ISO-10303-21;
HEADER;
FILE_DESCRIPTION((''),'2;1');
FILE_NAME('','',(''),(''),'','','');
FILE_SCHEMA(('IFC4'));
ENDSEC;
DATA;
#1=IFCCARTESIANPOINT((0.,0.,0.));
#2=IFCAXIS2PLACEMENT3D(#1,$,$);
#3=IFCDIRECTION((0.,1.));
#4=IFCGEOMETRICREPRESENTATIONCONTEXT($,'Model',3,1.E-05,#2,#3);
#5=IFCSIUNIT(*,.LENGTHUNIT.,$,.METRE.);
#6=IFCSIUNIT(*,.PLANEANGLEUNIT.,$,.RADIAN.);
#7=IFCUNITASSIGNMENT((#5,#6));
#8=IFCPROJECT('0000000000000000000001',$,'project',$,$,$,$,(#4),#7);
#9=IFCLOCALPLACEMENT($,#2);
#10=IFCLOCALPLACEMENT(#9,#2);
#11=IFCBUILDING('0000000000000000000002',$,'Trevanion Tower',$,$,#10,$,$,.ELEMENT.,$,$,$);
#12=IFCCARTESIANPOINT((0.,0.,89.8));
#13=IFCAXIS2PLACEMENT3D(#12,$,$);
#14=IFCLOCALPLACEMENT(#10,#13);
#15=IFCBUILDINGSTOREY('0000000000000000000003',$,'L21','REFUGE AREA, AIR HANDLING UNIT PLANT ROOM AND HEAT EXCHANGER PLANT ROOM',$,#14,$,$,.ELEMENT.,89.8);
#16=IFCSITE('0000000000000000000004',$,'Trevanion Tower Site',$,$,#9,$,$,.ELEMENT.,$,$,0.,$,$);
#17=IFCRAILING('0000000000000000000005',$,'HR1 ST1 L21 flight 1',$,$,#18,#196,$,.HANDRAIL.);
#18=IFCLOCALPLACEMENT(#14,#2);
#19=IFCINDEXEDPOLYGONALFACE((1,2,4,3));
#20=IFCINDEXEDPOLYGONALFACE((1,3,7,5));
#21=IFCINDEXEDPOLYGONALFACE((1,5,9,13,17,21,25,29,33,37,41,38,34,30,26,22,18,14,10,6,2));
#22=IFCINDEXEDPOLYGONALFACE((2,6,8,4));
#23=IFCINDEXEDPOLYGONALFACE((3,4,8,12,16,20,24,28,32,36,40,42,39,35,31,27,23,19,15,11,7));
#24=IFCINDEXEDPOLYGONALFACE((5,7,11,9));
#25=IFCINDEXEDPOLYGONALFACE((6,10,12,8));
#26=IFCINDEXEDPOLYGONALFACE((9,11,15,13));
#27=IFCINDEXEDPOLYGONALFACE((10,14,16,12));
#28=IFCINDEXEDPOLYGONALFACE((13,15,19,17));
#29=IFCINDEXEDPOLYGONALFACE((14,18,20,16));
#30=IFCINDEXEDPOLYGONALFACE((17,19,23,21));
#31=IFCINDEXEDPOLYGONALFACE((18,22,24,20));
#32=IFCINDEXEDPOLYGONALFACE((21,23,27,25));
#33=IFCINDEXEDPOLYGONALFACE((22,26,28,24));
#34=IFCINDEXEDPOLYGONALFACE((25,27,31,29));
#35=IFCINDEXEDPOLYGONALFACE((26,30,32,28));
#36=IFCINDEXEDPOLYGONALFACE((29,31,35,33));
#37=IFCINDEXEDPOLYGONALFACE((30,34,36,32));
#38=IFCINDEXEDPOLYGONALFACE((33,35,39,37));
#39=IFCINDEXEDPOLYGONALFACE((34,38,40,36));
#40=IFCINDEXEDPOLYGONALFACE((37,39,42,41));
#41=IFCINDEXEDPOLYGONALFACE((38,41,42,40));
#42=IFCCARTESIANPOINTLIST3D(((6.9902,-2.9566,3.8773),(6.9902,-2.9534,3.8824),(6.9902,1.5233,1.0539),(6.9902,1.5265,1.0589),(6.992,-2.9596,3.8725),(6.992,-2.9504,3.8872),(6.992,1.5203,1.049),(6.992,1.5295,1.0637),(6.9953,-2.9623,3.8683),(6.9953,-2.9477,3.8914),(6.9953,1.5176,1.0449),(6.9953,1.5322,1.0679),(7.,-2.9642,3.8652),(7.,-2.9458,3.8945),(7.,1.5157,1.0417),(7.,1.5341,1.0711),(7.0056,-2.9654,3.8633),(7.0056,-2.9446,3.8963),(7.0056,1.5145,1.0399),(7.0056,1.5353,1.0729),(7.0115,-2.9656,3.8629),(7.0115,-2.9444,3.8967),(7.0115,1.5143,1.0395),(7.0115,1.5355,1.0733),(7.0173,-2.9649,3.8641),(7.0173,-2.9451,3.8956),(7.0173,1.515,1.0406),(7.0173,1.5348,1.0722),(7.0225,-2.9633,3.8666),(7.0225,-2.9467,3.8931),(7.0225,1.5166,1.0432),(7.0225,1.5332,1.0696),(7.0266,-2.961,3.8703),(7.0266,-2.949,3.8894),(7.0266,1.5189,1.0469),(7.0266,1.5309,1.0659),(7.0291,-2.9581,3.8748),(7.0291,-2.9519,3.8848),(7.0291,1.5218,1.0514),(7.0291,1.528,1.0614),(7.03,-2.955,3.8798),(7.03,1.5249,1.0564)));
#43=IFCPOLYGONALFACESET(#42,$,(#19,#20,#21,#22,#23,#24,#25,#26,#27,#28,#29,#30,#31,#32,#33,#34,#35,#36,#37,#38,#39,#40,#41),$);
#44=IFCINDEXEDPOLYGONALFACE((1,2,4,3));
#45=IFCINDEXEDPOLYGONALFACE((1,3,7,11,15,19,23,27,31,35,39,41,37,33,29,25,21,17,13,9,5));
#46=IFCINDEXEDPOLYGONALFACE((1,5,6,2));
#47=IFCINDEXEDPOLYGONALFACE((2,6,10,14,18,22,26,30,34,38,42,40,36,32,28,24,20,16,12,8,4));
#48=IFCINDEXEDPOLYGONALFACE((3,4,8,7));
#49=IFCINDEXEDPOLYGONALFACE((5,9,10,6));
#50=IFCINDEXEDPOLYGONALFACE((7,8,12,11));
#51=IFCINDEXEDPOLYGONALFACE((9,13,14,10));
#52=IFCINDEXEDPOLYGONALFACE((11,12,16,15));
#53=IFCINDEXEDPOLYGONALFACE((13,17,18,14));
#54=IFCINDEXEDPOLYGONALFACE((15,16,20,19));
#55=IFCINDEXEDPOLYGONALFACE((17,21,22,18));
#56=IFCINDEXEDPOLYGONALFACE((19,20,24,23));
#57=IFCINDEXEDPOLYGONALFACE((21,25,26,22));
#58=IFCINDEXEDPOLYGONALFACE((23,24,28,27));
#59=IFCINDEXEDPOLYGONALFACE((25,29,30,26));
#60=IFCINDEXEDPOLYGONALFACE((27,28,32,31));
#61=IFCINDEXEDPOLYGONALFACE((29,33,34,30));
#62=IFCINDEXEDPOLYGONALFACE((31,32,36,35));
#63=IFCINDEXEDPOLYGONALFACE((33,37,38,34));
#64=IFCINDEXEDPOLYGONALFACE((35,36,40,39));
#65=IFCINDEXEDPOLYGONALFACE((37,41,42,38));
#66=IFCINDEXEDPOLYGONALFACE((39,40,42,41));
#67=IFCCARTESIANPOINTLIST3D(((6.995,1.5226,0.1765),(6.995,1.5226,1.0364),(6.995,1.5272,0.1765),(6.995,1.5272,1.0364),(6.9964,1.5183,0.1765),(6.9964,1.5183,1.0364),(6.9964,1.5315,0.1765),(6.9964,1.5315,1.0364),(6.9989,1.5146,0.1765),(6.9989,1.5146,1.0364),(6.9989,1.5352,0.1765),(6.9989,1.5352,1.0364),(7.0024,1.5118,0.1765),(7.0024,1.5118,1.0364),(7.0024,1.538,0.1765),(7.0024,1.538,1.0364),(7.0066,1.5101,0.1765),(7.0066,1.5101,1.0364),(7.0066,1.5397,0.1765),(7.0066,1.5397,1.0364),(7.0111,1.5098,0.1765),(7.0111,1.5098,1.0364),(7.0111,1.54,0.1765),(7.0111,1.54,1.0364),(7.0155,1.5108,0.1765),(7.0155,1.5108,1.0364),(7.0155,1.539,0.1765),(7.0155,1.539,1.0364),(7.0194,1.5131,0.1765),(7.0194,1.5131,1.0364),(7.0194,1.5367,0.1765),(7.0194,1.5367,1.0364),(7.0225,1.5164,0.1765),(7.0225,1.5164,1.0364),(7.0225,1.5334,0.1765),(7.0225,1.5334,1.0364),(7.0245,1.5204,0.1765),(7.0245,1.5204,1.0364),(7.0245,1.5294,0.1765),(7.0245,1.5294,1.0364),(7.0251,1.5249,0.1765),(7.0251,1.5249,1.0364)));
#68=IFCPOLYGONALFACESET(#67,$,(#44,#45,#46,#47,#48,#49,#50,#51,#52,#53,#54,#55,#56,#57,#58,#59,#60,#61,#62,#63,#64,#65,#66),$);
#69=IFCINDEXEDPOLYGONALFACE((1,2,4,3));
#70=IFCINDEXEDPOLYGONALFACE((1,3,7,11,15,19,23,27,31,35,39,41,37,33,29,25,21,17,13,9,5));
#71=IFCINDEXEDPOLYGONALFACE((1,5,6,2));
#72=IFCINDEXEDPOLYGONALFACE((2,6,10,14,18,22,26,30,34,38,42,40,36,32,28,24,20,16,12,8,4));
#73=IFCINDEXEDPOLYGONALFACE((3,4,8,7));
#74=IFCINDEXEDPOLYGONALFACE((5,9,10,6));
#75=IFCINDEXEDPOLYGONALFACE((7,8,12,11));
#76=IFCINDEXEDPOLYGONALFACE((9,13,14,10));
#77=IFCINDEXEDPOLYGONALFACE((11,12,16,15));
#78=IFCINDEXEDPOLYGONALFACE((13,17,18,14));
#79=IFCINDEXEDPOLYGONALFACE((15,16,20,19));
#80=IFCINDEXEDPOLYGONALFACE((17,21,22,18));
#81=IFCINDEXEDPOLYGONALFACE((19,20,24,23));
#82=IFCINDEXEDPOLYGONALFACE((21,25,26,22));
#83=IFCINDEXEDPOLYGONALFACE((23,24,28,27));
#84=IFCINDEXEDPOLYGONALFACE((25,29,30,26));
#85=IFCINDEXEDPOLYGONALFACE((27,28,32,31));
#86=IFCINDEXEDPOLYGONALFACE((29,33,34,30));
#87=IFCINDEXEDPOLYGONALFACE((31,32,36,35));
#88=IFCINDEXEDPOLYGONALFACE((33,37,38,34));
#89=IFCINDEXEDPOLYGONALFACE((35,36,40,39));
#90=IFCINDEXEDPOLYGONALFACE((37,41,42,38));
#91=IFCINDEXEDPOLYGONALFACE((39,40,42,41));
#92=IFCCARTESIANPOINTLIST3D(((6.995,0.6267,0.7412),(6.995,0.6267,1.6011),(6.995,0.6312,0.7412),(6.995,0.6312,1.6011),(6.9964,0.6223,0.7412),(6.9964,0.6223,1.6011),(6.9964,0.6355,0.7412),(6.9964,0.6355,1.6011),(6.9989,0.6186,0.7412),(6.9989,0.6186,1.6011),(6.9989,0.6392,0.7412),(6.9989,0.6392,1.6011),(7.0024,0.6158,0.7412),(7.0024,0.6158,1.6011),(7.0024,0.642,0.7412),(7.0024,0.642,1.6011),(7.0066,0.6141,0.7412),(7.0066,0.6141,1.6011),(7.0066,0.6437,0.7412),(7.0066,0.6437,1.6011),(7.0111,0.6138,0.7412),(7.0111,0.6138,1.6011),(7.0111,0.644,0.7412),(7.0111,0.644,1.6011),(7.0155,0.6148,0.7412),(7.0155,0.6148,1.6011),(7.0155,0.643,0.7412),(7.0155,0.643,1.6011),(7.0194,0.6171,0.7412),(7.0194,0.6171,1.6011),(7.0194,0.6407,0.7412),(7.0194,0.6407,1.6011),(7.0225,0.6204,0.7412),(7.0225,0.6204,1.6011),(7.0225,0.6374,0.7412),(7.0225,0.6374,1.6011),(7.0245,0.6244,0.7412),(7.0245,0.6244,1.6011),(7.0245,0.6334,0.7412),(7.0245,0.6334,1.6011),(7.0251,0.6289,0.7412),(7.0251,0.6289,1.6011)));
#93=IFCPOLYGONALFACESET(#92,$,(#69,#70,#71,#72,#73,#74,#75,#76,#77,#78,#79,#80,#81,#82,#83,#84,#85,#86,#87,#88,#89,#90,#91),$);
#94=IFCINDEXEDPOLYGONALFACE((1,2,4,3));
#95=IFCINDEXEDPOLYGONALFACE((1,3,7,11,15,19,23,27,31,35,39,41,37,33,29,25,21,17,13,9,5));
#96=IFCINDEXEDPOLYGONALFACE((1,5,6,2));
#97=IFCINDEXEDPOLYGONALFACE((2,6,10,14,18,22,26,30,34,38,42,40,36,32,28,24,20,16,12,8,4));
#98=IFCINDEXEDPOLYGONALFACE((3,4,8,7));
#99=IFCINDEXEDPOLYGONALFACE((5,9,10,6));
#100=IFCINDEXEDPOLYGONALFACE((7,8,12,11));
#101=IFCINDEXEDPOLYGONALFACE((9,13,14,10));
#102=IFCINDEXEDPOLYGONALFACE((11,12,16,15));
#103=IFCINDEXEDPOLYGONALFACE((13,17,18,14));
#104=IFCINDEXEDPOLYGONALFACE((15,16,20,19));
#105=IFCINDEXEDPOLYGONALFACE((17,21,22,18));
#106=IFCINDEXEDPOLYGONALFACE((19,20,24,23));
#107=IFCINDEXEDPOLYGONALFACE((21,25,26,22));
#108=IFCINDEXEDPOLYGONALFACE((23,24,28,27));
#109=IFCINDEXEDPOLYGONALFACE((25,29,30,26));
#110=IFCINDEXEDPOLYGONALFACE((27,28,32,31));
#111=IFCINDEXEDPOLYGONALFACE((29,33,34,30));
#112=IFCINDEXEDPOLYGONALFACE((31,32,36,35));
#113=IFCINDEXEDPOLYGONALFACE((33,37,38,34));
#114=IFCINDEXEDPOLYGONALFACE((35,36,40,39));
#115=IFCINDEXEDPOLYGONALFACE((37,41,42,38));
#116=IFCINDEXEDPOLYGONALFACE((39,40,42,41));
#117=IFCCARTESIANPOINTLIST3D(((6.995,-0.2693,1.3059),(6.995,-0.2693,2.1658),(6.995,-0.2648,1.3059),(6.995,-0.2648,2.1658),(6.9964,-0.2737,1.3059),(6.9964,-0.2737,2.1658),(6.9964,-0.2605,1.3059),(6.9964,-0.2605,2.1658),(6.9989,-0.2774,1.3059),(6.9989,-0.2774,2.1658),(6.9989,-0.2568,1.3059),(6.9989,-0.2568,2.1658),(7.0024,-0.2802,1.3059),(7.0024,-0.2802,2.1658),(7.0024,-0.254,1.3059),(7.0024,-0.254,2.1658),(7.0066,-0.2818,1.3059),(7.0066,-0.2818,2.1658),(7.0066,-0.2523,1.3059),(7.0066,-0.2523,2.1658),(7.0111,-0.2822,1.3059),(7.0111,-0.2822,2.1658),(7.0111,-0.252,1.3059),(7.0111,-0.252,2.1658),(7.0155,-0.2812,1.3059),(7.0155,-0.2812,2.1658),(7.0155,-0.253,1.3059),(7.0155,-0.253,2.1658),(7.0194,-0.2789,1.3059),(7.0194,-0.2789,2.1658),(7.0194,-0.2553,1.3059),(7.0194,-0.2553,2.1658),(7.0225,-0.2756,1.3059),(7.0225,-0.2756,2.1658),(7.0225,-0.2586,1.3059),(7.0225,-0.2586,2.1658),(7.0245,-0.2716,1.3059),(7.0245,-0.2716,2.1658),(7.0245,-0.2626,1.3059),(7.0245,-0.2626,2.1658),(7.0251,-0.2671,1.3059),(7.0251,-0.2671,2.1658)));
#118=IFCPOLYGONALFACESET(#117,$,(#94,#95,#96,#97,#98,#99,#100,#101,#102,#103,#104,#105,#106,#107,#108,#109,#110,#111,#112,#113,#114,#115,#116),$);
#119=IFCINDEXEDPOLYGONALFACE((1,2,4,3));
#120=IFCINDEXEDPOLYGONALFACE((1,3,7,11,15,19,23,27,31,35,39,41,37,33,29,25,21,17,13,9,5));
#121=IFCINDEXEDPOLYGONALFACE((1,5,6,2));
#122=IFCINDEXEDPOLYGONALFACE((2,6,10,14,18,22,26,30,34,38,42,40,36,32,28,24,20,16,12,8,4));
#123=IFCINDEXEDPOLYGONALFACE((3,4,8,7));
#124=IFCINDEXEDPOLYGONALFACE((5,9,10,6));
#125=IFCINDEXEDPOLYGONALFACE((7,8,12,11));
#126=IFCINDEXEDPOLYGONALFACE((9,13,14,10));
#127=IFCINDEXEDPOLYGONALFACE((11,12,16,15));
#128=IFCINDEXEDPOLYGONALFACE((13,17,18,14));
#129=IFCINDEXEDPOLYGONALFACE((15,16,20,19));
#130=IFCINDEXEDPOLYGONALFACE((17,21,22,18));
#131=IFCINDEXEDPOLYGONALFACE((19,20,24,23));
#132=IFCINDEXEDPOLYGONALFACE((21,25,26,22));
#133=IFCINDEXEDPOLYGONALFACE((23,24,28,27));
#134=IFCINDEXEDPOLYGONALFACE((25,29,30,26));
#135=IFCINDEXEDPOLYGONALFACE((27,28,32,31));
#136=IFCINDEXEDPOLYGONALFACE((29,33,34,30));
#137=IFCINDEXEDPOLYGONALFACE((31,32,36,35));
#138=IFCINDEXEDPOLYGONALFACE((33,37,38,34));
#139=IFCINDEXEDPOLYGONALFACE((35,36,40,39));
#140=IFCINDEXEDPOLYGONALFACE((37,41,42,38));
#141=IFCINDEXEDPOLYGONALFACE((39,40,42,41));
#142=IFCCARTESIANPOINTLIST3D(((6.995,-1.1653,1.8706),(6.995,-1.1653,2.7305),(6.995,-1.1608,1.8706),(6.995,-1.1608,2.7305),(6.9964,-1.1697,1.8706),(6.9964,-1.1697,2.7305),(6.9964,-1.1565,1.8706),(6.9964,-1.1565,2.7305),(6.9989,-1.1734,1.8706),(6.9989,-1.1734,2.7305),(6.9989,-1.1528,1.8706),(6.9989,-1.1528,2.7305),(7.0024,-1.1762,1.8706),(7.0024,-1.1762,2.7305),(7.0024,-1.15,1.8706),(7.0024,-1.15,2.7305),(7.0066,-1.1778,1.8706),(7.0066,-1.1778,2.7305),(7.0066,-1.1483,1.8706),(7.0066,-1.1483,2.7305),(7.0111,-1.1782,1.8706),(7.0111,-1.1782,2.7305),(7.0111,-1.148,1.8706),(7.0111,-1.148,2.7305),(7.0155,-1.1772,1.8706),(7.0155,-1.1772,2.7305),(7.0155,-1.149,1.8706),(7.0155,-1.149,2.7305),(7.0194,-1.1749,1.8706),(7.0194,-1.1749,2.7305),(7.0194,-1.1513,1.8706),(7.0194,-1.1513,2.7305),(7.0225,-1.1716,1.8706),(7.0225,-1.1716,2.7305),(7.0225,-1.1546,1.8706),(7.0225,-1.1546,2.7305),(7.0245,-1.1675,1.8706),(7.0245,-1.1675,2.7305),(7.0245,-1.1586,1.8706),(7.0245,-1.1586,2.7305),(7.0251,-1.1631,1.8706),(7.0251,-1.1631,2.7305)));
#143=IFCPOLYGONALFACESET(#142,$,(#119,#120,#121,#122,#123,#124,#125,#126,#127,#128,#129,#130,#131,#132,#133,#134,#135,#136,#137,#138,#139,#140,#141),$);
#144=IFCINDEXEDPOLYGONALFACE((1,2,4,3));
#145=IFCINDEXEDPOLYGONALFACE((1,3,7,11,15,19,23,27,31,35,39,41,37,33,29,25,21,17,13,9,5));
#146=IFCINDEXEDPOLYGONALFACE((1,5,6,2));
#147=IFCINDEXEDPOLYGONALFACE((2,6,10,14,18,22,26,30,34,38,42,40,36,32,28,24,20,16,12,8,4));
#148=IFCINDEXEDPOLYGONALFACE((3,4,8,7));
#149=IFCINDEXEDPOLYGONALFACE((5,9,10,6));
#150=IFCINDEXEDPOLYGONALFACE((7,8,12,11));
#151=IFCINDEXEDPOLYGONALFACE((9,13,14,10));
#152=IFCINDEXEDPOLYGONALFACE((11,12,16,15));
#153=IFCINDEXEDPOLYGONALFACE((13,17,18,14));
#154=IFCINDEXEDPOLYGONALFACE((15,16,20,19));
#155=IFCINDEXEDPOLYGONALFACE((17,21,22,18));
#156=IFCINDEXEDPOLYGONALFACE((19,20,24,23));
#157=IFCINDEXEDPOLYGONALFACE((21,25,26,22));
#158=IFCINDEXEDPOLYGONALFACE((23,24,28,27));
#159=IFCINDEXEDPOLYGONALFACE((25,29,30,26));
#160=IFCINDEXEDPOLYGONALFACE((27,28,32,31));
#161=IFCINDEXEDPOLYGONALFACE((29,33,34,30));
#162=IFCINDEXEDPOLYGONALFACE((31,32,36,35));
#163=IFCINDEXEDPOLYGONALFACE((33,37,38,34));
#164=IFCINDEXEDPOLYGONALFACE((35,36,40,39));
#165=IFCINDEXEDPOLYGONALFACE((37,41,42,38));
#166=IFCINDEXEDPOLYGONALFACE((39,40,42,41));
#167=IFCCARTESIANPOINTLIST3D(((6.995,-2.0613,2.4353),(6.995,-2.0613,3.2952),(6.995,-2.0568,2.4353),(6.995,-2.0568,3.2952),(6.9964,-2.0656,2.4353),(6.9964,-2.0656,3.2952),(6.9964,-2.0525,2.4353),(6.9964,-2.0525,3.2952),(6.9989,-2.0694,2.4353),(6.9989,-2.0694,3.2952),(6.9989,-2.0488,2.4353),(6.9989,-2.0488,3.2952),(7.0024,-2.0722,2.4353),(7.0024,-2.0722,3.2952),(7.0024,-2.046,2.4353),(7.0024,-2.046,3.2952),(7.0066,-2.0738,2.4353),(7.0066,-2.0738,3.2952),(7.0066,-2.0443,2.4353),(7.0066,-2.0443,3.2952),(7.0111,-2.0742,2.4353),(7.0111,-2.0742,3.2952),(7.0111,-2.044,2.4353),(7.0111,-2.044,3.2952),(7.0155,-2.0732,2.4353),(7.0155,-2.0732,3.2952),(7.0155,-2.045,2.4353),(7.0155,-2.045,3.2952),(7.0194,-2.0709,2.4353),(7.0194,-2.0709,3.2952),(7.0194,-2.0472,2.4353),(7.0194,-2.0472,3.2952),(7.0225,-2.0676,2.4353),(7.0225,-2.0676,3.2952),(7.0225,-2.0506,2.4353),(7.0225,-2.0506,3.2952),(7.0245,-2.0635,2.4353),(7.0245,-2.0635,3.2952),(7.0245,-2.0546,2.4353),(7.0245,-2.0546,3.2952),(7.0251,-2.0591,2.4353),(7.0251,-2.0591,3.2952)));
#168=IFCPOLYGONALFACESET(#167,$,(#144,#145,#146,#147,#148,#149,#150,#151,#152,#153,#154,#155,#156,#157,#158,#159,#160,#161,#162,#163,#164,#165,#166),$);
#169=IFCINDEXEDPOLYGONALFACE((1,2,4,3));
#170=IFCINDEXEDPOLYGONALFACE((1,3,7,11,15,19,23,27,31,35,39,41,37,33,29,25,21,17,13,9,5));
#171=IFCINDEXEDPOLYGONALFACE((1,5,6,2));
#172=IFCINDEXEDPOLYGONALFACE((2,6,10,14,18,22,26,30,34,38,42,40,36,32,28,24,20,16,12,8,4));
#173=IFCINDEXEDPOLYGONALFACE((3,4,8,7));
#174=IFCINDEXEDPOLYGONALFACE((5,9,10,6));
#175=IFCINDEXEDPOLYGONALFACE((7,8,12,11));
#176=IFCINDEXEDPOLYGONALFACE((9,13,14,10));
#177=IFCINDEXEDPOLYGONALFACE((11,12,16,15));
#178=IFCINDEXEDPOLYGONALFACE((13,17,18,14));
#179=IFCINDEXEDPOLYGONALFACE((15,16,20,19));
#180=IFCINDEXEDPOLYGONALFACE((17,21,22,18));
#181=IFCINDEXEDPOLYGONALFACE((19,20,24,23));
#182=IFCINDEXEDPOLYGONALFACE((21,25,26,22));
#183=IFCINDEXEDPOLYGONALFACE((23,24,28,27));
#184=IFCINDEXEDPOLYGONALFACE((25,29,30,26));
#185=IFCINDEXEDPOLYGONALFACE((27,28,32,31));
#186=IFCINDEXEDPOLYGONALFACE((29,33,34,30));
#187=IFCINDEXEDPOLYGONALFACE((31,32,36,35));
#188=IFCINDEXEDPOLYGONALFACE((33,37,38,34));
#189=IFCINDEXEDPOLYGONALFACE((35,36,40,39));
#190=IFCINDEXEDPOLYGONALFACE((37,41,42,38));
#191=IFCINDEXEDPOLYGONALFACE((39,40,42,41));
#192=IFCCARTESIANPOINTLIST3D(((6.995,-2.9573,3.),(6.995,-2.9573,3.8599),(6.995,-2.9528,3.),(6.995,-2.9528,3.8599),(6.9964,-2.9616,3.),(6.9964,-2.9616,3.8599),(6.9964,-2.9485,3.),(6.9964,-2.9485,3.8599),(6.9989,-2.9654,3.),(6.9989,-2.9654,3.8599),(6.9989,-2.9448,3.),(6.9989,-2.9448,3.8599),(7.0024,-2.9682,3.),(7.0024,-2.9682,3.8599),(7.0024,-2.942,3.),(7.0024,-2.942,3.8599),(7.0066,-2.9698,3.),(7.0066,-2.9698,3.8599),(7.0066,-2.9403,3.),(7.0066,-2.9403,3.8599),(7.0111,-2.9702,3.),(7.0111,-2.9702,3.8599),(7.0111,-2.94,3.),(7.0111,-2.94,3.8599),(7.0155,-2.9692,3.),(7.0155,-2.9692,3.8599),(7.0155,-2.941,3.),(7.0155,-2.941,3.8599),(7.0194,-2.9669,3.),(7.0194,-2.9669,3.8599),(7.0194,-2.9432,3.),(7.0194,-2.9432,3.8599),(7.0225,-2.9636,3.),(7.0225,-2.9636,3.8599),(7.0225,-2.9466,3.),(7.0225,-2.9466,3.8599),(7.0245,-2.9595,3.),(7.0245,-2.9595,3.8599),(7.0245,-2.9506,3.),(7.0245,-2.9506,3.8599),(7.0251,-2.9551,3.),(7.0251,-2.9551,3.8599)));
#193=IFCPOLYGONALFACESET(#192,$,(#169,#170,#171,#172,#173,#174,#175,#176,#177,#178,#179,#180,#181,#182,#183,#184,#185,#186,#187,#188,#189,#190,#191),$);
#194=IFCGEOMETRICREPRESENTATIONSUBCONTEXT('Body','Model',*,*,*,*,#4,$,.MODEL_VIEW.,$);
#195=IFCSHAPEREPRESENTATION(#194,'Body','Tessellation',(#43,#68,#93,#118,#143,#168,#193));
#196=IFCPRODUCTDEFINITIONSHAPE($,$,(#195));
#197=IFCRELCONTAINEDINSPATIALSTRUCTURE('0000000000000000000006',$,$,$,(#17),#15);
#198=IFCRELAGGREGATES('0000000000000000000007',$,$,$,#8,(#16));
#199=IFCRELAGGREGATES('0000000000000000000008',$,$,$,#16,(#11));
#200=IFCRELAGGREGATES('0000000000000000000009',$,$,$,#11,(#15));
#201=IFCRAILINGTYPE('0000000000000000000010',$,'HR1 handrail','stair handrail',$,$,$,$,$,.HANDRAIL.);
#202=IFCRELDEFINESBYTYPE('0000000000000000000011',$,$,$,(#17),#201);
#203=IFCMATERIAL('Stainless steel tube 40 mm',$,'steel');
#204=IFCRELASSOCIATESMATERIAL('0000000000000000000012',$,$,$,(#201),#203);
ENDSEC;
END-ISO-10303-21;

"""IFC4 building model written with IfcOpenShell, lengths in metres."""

from ifc_helpers import new_model, si_unit, direction, frame, origin, origin_2d, place, context, subcontext, project, spatial, circle, extrude, material, type_object, element, save


model = new_model("IFC4")

# Units and contexts
model_context = context("Model", 3, precision=1e-05, world=origin(), true_north=direction((0.0, 1.0)))
body_context = subcontext(model_context, "Body", "Model", "MODEL_VIEW")
ifc_project = project(units=[si_unit("LENGTHUNIT", "METRE"), si_unit("PLANEANGLEUNIT", "RADIAN")], contexts=[model_context])

# Site, building, storey
site_placement = place(None, origin())
site = spatial("IfcSite", under=ifc_project, at=site_placement, Name="Trevanion Tower Site", CompositionType="ELEMENT", RefElevation=0.0)
building_placement = place(site_placement, origin())
building = spatial("IfcBuilding", under=site, at=building_placement, Name="Trevanion Tower", CompositionType="ELEMENT")
storey_placement = place(building_placement, frame((0.0, 0.0, 89.8)))
storey = spatial("IfcBuildingStorey", under=building, at=storey_placement, Name="L21", Description="REFUGE AREA, AIR HANDLING UNIT PLANT ROOM AND HEAT EXCHANGER PLANT ROOM", CompositionType="ELEMENT", Elevation=89.8)

# Railing
ifc_material_1 = material(Name="Stainless steel tube 40 mm", Category="steel")
railing_type = type_object("IfcRailingType", Name="HR1 handrail", Description="stair handrail", PredefinedType="HANDRAIL", material=ifc_material_1)
for number, where, name in (
    (1, (7.01, 1.5249, 0.1765), "HR1 ST1 L21 flight 1"),
):
    element("IfcRailing", number, at=place(storey_placement, frame(where)), inside=storey, type_object=railing_type, Name=name, PredefinedType="HANDRAIL", context=body_context, shape_type="SweptSolid", body=[
        extrude(circle(Radius=0.02, at=origin_2d()), frame((0.0, 0.0, 0.8799), z_axis=(0.0, -0.845998, 0.533186), x_axis=(1.0, 0.0, 0.0)), (0.0, 0.0, 1.0), 5.2954),
        extrude(circle(Radius=0.0151, at=origin_2d()), origin(), (0.0, 0.0, 1.0), 0.8599),
        extrude(circle(Radius=0.0151, at=origin_2d()), frame((0.0, -0.896, 0.5647)), (0.0, 0.0, 1.0), 0.8599),
        extrude(circle(Radius=0.0151, at=origin_2d()), frame((0.0, -1.792, 1.1294)), (0.0, 0.0, 1.0), 0.8599),
        extrude(circle(Radius=0.0151, at=origin_2d()), frame((0.0, -2.688, 1.6941)), (0.0, 0.0, 1.0), 0.8599),
        extrude(circle(Radius=0.0151, at=origin_2d()), frame((0.0, -3.584, 2.2588)), (0.0, 0.0, 1.0), 0.8599),
        extrude(circle(Radius=0.0151, at=origin_2d()), frame((0.0, -4.48, 2.8235)), (0.0, 0.0, 1.0), 0.8599),
    ])

save(model, "model.ifc")
